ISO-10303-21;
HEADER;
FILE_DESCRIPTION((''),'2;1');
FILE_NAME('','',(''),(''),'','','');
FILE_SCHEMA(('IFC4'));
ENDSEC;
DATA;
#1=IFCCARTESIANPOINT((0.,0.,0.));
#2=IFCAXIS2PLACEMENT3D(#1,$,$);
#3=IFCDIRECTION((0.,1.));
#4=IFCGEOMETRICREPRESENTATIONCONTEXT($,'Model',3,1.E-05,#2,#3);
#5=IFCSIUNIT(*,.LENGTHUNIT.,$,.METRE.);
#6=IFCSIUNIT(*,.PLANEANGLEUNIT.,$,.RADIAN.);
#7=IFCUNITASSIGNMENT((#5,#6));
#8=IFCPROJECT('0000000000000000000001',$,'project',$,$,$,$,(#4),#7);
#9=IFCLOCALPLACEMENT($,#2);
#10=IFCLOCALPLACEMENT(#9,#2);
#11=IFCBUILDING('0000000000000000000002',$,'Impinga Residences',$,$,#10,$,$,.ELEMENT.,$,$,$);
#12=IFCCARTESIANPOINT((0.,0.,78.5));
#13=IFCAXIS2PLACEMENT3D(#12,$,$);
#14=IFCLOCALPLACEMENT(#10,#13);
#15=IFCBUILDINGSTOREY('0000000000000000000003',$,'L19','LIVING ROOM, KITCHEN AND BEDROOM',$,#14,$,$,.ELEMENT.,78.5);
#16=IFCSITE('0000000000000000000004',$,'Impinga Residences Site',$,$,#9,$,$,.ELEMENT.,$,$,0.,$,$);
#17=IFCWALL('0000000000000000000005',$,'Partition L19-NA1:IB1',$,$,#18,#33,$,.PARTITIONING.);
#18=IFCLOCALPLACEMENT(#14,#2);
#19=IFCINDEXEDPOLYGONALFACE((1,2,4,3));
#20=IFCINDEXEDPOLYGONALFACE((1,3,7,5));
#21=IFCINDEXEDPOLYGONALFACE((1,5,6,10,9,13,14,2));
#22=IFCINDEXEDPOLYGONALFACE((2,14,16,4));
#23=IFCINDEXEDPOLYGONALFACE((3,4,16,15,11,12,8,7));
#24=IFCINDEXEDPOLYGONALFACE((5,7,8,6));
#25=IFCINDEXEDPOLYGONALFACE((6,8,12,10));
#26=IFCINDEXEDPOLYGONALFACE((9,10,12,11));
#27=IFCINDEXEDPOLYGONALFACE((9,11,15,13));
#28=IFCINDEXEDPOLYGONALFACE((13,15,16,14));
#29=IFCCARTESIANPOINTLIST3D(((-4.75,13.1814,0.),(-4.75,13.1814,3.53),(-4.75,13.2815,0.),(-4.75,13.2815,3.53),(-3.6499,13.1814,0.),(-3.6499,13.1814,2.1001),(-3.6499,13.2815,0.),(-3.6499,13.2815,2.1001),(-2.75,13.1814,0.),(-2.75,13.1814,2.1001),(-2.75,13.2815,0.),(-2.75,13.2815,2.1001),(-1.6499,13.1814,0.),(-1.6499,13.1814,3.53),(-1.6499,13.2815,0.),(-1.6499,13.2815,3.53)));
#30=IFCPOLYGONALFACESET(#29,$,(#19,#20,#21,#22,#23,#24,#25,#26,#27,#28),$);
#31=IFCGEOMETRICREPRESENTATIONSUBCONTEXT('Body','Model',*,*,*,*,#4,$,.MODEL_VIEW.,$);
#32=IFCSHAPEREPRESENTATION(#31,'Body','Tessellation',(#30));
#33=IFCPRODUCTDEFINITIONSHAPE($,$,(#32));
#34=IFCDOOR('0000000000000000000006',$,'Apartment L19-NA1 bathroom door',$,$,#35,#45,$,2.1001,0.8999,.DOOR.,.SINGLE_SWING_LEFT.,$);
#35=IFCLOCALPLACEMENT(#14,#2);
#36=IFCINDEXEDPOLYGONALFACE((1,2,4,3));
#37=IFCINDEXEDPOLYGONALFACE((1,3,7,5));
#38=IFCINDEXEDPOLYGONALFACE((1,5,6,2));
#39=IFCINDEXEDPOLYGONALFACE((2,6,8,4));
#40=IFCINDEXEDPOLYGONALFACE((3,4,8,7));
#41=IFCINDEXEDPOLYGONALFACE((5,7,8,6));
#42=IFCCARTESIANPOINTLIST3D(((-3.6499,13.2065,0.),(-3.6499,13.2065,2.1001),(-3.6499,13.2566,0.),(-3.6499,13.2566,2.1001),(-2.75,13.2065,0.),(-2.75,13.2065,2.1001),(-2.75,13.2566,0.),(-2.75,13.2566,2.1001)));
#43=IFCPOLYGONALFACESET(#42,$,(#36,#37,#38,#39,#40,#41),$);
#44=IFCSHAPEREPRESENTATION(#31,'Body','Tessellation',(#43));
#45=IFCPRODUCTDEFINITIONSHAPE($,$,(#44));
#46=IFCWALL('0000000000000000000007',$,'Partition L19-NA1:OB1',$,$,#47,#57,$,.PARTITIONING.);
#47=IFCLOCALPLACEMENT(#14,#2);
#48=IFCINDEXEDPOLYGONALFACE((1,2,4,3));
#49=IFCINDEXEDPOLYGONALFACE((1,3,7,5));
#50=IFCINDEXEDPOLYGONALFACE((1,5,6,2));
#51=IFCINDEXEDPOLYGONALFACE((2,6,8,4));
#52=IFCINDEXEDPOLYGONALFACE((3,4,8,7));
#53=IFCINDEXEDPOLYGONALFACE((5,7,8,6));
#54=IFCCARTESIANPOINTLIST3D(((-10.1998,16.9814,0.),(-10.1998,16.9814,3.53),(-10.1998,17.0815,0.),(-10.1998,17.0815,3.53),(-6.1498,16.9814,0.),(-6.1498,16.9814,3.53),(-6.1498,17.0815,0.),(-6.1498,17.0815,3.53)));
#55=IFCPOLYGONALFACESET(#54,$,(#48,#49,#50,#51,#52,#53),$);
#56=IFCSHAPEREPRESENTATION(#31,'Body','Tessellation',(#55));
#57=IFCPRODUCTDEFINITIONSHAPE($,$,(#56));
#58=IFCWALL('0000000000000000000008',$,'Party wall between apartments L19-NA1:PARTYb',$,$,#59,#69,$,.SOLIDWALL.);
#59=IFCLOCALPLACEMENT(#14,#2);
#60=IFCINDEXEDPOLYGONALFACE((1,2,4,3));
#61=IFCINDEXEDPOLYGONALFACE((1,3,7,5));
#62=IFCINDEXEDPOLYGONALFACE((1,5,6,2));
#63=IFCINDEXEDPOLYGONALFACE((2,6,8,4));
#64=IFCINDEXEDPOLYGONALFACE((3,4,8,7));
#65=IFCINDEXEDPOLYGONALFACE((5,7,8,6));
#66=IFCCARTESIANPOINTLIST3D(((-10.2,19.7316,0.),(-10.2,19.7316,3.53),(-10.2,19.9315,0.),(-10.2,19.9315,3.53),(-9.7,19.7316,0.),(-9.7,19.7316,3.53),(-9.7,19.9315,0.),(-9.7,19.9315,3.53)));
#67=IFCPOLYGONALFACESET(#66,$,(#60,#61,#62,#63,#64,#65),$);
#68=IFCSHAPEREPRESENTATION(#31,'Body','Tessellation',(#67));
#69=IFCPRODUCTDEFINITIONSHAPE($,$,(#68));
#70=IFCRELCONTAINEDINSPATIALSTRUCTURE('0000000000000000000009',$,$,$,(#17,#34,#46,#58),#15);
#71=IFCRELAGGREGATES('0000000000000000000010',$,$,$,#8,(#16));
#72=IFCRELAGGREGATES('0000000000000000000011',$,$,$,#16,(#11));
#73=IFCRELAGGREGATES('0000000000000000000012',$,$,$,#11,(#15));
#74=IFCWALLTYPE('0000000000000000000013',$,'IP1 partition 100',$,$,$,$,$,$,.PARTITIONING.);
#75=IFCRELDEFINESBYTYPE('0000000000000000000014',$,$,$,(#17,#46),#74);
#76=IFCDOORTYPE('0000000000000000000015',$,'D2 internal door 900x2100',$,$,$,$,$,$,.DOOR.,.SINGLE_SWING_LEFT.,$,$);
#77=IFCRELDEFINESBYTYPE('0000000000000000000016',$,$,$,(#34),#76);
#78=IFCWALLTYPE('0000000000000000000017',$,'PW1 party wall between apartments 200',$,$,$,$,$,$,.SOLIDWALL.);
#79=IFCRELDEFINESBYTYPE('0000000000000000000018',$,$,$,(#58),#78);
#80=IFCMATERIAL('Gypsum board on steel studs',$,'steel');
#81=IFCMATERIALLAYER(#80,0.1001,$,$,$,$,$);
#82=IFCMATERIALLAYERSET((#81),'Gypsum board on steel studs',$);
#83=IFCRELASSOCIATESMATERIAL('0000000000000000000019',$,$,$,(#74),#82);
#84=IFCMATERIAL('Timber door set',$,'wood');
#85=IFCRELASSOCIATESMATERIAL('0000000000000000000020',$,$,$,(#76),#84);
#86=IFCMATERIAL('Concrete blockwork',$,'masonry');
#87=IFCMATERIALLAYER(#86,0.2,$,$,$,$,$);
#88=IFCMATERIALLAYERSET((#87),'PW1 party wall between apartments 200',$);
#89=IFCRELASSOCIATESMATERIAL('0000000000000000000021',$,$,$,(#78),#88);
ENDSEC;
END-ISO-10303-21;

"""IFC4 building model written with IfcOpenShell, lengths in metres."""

from ifc_helpers import new_model, si_unit, direction, frame, frame_2d, origin, place, context, subcontext, project, spatial, rectangle, extrude, material, layer, layer_set, type_object, element, fill, save


model = new_model("IFC4")

# Units and contexts
model_context = context("Model", 3, precision=1e-05, world=origin(), true_north=direction((0.0, 1.0)))
body_context = subcontext(model_context, "Body", "Model", "MODEL_VIEW")
ifc_project = project(units=[si_unit("LENGTHUNIT", "METRE"), si_unit("PLANEANGLEUNIT", "RADIAN")], contexts=[model_context])

# Site, building, storey
site_placement = place(None, origin())
site = spatial("IfcSite", under=ifc_project, at=site_placement, Name="Impinga Residences Site", CompositionType="ELEMENT", RefElevation=0.0)
building_placement = place(site_placement, origin())
building = spatial("IfcBuilding", under=site, at=building_placement, Name="Impinga Residences", CompositionType="ELEMENT")
storey_placement = place(building_placement, frame((0.0, 0.0, 78.5)))
storey = spatial("IfcBuildingStorey", under=building, at=storey_placement, Name="L19", Description="LIVING ROOM, KITCHEN AND BEDROOM", CompositionType="ELEMENT", Elevation=78.5)

# Shared definitions
ifc_material_1 = material(Name="Gypsum board on steel studs", Category="steel")
ifc_layer_1 = layer(ifc_material_1, 0.1001)
ifc_layer_set_1 = layer_set([ifc_layer_1], Name="Gypsum board on steel studs")
wall_type_1 = type_object("IfcWallType", Name="IP1 partition 100", PredefinedType="PARTITIONING", material=ifc_layer_set_1)

# Shared definitions
ifc_material_2 = material(Name="Timber door set", Category="wood")
door_type = type_object("IfcDoorType", Name="D2 internal door 900x2100", OperationType="SINGLE_SWING_LEFT", PredefinedType="DOOR", material=ifc_material_2)

# Wall, opening, door
wall_1_placement = place(storey_placement, frame((-1.6499, 13.2314, 0.0), z_axis=(0.0, 0.0, 1.0), x_axis=(-1.0, 0.0, 0.0)))
wall_1 = element("IfcWall", 1, at=wall_1_placement, inside=storey, type_object=wall_type_1, Name="Partition L19-NA1:IB1", PredefinedType="PARTITIONING", context=body_context, shape_type="SweptSolid", body=[
    extrude(rectangle(XDim=3.1001, YDim=0.1001, at=frame_2d((1.55, 0.0))), origin(), (0.0, 0.0, 1.0), 3.53),
])
opening_1_placement = place(wall_1_placement, frame((1.1001, 0.0, 0.0)))
opening_1 = element("IfcOpeningElement", 2, at=opening_1_placement, cuts=wall_1, PredefinedType="OPENING", context=body_context, shape_type="SweptSolid", body=[
    extrude(rectangle(XDim=0.8999, YDim=2.1001, at=frame_2d((0.45, 1.05))), frame((0.0, 0.0601, 0.0), z_axis=(0.0, -1.0, 0.0), x_axis=(1.0, 0.0, 0.0)), (0.0, 0.0, 1.0), 0.1201),
])
door_1_placement = place(opening_1_placement, origin())
door_1 = element("IfcDoor", 3, at=door_1_placement, inside=storey, type_object=door_type, Name="Apartment L19-NA1 bathroom door", OperationType="SINGLE_SWING_LEFT", OverallHeight=2.1001, OverallWidth=0.8999, PredefinedType="DOOR", context=body_context, shape_type="SweptSolid", body=[
    extrude(rectangle(XDim=0.8999, YDim=2.1001, at=frame_2d((0.45, 1.05))), frame((0.0, 0.0249, 0.0), z_axis=(0.0, -1.0, 0.0), x_axis=(1.0, 0.0, 0.0)), (0.0, 0.0, 1.0), 0.05),
])
fill(opening_1, door_1)

# Walls
wall_2_placement = place(storey_placement, frame((-6.1499, 17.0315, 0.0), z_axis=(0.0, 0.0, 1.0), x_axis=(-1.0, 0.0, 0.0)))
element("IfcWall", 4, at=wall_2_placement, inside=storey, type_object=wall_type_1, Name="Partition L19-NA1:OB1", PredefinedType="PARTITIONING", context=body_context, shape_type="SweptSolid", body=[
    extrude(rectangle(XDim=4.05, YDim=0.1001, at=frame_2d((2.0249, 0.0))), origin(), (0.0, 0.0, 1.0), 3.53),
])
ifc_material_3 = material(Name="Concrete blockwork", Category="masonry")
ifc_layer_2 = layer(ifc_material_3, 0.2)
ifc_layer_set_2 = layer_set([ifc_layer_2], Name="PW1 party wall between apartments 200")
wall_type_2 = type_object("IfcWallType", Name="PW1 party wall between apartments 200", PredefinedType="SOLIDWALL", material=ifc_layer_set_2)
wall_3_placement = place(storey_placement, frame((-9.7, 19.8315, 0.0), z_axis=(0.0, 0.0, 1.0), x_axis=(-1.0, 0.0, 0.0)))
element("IfcWall", 5, at=wall_3_placement, inside=storey, type_object=wall_type_2, Name="Party wall between apartments L19-NA1:PARTYb", PredefinedType="SOLIDWALL", context=body_context, shape_type="SweptSolid", body=[
    extrude(rectangle(XDim=0.5, YDim=0.2, at=frame_2d((0.25, 0.0))), origin(), (0.0, 0.0, 1.0), 3.53),
])

save(model, "model.ifc")
